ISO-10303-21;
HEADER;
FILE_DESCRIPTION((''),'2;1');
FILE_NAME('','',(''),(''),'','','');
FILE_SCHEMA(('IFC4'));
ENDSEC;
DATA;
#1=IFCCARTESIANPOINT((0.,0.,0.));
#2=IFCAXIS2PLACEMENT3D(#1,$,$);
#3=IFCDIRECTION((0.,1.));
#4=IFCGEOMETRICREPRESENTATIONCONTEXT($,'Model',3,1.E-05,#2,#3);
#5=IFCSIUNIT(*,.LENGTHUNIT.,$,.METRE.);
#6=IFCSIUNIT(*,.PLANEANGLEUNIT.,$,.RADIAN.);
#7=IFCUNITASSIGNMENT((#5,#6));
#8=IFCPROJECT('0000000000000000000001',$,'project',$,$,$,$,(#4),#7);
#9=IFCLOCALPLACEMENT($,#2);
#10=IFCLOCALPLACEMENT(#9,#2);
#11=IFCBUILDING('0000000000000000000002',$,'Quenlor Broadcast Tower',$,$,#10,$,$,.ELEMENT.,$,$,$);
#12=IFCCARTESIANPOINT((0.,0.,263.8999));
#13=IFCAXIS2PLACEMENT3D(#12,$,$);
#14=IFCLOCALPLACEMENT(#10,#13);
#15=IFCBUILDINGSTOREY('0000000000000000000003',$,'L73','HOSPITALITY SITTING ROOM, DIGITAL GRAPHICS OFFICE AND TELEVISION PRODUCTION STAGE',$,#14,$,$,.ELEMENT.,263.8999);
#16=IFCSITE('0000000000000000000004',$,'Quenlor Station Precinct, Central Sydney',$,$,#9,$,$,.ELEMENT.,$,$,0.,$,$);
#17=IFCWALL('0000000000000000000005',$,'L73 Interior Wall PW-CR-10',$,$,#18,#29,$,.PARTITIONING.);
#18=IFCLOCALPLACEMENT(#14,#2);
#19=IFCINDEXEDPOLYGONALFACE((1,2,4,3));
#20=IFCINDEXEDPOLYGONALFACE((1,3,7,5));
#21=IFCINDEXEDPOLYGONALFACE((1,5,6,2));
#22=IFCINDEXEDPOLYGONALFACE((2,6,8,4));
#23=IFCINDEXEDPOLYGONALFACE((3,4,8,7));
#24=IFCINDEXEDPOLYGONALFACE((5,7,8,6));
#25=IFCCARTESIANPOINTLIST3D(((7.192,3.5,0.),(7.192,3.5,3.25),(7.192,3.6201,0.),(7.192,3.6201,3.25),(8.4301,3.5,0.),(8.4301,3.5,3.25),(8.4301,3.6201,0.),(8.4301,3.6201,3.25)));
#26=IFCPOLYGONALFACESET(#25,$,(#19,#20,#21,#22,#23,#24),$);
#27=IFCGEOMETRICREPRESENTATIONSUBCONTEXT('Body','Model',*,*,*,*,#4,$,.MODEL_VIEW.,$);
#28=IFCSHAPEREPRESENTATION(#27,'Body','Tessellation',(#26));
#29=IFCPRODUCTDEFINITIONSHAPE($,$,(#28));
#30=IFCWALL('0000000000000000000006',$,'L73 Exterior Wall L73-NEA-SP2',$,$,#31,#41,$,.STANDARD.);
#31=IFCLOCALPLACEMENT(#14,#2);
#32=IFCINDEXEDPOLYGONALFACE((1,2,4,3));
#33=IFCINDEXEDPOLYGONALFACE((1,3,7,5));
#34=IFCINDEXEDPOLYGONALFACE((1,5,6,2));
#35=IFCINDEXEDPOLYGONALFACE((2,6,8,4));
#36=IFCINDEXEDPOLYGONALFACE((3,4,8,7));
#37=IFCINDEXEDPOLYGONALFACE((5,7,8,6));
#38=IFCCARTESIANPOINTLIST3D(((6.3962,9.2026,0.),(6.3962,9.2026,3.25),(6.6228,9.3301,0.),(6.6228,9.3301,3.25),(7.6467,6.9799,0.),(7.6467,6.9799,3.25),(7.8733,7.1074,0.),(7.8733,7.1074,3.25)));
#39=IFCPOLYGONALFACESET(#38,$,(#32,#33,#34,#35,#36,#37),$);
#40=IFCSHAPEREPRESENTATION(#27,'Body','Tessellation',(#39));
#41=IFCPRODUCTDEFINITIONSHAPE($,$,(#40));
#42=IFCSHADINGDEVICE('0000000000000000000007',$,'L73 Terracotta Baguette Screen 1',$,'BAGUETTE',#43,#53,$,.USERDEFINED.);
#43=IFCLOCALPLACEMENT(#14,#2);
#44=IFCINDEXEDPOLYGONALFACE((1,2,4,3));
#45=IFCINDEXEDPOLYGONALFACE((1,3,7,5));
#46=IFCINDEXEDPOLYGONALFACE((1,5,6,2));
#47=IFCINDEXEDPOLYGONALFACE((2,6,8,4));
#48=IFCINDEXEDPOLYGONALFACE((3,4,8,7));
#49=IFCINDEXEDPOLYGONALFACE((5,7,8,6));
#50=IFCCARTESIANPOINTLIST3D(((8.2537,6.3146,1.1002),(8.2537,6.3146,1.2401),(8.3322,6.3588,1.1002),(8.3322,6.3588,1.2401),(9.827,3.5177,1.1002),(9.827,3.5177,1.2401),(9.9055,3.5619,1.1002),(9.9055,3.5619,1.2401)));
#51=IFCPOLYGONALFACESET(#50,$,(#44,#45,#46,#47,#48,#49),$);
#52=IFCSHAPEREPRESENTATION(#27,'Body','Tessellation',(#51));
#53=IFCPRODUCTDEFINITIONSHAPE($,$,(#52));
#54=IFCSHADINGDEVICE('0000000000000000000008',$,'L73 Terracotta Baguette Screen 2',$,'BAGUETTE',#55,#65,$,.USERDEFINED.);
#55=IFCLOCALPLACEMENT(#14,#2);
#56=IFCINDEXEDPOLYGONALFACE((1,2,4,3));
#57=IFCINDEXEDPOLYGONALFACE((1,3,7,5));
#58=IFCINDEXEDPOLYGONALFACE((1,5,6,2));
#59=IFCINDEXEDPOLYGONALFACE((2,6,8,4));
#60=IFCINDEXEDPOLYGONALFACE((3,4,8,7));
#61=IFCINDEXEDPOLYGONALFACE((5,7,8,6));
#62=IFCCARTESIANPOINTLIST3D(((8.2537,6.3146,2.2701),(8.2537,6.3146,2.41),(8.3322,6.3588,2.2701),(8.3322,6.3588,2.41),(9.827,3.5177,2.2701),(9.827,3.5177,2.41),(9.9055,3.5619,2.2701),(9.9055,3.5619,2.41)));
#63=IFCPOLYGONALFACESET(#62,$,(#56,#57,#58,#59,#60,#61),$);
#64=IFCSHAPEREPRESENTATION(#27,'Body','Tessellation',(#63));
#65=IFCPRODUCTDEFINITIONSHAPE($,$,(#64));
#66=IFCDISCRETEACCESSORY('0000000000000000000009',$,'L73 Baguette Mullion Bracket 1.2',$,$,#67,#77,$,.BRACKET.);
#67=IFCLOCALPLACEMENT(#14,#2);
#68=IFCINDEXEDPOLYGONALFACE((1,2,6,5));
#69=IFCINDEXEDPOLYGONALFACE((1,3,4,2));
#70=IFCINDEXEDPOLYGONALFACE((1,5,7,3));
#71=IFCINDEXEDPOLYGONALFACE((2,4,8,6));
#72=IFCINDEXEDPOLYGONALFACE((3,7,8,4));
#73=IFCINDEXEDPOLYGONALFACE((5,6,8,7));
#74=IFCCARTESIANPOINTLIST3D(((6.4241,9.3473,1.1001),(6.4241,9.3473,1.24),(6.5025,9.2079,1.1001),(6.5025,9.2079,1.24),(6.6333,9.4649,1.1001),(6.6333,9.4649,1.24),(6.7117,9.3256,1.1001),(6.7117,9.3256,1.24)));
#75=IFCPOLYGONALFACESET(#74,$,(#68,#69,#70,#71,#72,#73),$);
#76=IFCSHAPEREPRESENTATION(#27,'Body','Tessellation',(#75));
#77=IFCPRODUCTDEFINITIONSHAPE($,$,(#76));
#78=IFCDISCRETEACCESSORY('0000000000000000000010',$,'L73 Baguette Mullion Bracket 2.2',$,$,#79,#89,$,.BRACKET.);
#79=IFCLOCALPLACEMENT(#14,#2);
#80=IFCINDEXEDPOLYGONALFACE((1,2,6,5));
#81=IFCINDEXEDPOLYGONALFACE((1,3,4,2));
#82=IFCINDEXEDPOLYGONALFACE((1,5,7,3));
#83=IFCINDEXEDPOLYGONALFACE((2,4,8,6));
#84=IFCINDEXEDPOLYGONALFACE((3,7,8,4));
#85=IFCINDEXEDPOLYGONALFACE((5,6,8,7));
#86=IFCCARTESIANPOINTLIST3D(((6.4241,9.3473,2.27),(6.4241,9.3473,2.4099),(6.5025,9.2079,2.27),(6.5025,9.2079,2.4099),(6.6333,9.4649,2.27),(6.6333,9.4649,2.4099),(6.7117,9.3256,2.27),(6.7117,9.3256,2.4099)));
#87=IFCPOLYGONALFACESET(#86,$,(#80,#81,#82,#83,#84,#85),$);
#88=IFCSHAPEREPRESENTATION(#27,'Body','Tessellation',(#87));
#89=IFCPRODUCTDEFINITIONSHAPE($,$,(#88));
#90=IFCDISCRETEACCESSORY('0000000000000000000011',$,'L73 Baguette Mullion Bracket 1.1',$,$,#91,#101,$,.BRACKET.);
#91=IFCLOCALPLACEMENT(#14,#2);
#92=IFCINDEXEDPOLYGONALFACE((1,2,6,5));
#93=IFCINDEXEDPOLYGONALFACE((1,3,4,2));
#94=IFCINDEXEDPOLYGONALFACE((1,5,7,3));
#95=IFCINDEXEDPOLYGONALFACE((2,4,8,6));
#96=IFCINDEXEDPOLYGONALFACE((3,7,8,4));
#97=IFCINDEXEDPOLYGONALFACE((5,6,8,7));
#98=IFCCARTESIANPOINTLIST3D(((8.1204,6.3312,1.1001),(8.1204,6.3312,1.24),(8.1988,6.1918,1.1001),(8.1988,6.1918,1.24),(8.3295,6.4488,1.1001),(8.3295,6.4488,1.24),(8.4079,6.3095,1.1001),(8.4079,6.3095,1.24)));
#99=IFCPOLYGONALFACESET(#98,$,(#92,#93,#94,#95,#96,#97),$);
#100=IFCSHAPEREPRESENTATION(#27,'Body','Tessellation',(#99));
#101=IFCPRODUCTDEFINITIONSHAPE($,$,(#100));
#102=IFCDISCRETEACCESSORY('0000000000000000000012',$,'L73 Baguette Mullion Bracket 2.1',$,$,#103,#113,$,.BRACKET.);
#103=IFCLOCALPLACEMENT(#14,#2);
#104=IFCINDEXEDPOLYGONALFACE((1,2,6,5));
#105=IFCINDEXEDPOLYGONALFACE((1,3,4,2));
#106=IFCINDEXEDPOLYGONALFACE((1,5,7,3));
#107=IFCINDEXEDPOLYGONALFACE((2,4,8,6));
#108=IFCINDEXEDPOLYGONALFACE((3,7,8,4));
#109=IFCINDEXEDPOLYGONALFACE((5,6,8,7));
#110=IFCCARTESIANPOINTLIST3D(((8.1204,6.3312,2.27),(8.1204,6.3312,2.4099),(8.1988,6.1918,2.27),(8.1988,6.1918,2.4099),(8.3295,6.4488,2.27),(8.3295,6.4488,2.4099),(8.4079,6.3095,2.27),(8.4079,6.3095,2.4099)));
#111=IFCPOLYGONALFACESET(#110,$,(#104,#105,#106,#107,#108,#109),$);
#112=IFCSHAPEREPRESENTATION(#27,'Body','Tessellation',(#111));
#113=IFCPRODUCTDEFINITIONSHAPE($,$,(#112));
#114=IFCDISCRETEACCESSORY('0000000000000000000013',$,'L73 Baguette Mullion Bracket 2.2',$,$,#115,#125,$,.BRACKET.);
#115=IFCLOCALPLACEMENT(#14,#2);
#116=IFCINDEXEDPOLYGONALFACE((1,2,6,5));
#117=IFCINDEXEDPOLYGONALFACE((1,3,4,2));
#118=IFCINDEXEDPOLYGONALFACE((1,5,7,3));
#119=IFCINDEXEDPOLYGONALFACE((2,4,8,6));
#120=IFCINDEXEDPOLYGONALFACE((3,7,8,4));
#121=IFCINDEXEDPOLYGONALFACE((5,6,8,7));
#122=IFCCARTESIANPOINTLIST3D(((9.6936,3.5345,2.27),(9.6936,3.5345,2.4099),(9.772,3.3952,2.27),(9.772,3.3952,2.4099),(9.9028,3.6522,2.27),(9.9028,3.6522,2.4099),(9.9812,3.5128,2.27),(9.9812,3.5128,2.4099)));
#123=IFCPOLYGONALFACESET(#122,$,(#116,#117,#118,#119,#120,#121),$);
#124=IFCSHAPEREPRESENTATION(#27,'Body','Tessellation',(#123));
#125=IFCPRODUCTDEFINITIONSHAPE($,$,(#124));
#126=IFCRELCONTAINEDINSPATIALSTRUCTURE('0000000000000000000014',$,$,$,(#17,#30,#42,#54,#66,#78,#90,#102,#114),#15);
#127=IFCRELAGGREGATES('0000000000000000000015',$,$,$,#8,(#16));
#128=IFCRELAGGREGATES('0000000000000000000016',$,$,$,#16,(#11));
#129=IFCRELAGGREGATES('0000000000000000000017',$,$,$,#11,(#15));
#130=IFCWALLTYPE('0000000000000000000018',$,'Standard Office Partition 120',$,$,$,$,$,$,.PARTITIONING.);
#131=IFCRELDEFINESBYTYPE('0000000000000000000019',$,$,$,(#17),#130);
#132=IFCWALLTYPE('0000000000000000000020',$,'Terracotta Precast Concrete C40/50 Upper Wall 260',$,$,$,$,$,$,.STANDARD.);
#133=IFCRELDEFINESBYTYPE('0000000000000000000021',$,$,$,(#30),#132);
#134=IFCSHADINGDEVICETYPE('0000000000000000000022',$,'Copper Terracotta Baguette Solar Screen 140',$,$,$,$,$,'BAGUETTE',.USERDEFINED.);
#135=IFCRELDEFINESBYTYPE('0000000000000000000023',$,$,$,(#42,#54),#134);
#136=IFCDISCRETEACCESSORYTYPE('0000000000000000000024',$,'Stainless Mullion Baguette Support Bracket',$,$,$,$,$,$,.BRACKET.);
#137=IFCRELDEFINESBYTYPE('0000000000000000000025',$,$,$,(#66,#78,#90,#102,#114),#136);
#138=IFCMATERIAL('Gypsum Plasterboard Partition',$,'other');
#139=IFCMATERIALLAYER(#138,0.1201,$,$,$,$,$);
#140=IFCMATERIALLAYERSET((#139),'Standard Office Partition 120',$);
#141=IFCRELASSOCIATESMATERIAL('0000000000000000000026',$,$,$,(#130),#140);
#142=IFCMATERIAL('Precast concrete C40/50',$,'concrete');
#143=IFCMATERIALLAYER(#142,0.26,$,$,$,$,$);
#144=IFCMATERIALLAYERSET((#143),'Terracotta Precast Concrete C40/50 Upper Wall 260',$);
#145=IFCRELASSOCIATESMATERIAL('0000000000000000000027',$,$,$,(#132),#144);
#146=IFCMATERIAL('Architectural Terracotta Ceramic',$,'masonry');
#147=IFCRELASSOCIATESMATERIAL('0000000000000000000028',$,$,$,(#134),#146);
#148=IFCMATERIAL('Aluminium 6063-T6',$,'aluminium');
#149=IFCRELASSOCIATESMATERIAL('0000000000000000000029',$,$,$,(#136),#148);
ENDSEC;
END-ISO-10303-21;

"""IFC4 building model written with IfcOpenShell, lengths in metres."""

from ifc_helpers import new_model, si_unit, direction, frame, frame_2d, origin, origin_2d, place, context, subcontext, project, spatial, rectangle, extrude, material, layer, layer_set, material_profile, profile_set, type_object, element, save


model = new_model("IFC4")

# Units and contexts
model_context = context("Model", 3, precision=1e-05, world=origin(), true_north=direction((0.0, 1.0)))
body_context = subcontext(model_context, "Body", "Model", "MODEL_VIEW")
ifc_project = project(units=[si_unit("LENGTHUNIT", "METRE"), si_unit("PLANEANGLEUNIT", "RADIAN")], contexts=[model_context])

# Site, building, storey
site_placement = place(None, origin())
site = spatial("IfcSite", under=ifc_project, at=site_placement, Name="Quenlor Station Precinct, Central Sydney", CompositionType="ELEMENT", RefElevation=0.0)
building_placement = place(site_placement, origin())
building = spatial("IfcBuilding", under=site, at=building_placement, Name="Quenlor Broadcast Tower", CompositionType="ELEMENT")
storey_placement = place(building_placement, frame((0.0, 0.0, 263.8999)))
storey = spatial("IfcBuildingStorey", under=building, at=storey_placement, Name="L73", Description="HOSPITALITY SITTING ROOM, DIGITAL GRAPHICS OFFICE AND TELEVISION PRODUCTION STAGE", CompositionType="ELEMENT", Elevation=263.8999)

# Walls
ifc_material_1 = material(Name="Gypsum Plasterboard Partition", Category="other")
ifc_layer_1 = layer(ifc_material_1, 0.1201)
ifc_layer_set_1 = layer_set([ifc_layer_1], Name="Standard Office Partition 120")
wall_type_1 = type_object("IfcWallType", Name="Standard Office Partition 120", PredefinedType="PARTITIONING", material=ifc_layer_set_1)
wall_1_placement = place(storey_placement, frame((7.1919, 3.5601, 0.0), z_axis=(0.0, 0.0, 1.0), x_axis=(1.0, 0.0, 0.0)))
element("IfcWall", 1, at=wall_1_placement, inside=storey, type_object=wall_type_1, Name="L73 Interior Wall PW-CR-10", PredefinedType="PARTITIONING", context=body_context, shape_type="SweptSolid", body=[
    extrude(rectangle(XDim=1.238, YDim=0.1201, at=frame_2d((0.6191, 0.0))), origin(), (0.0, 0.0, 1.0), 3.25),
])
ifc_material_2 = material(Name="Precast concrete C40/50", Category="concrete")
ifc_layer_2 = layer(ifc_material_2, 0.26)
ifc_layer_set_2 = layer_set([ifc_layer_2], Name="Terracotta Precast Concrete C40/50 Upper Wall 260")
wall_type_2 = type_object("IfcWallType", Name="Terracotta Precast Concrete C40/50 Upper Wall 260", PredefinedType="STANDARD", material=ifc_layer_set_2)
wall_2_placement = place(storey_placement, frame((6.5095, 9.2664, 0.0), z_axis=(0.0, 0.0, 1.0), x_axis=(0.490334, -0.871535, 0.0)))
element("IfcWall", 2, at=wall_2_placement, inside=storey, type_object=wall_type_2, Name="L73 Exterior Wall L73-NEA-SP2", PredefinedType="STANDARD", context=body_context, shape_type="SweptSolid", body=[
    extrude(rectangle(XDim=2.5503, YDim=0.26, at=frame_2d((1.2751, 0.0))), origin(), (0.0, 0.0, 1.0), 3.25),
])

# Shading devices
ifc_material_3 = material(Name="Architectural Terracotta Ceramic", Category="masonry")
ifc_material_profile_1 = material_profile(ifc_material_3, rectangle(XDim=0.0901, YDim=0.1399, at=origin_2d()))
ifc_profile_set_1 = profile_set([ifc_material_profile_1], Name="Architectural Terracotta Ceramic BAG90x140")
shading_device_type = type_object("IfcShadingDeviceType", Name="Copper Terracotta Baguette Solar Screen 140", ElementType="BAGUETTE", PredefinedType="USERDEFINED", material=ifc_profile_set_1)
for number, where, z_axis, x_axis, name in (
    (3, (8.293, 6.3367, 1.1702), (0.490261, -0.871576, 0.0), (0.871576, 0.490261, 0.0), "L73 Terracotta Baguette Screen 1"),
    (4, (8.293, 6.3367, 2.3401), (0.490261, -0.871576, 0.0), (0.871576, 0.490261, 0.0), "L73 Terracotta Baguette Screen 2"),
):
    element("IfcShadingDevice", number, at=place(storey_placement, frame(where, z_axis=z_axis, x_axis=x_axis)), inside=storey, type_object=shading_device_type, Name=name, ObjectType="BAGUETTE", PredefinedType="USERDEFINED", context=body_context, shape_type="SweptSolid", body=[
        extrude(rectangle(XDim=0.0901, YDim=0.1399, at=origin_2d()), origin(), (0.0, 0.0, 1.0), 3.209),
    ])

# Discrete accessories
ifc_material_4 = material(Name="Aluminium 6063-T6", Category="aluminium")
discrete_accessory_type = type_object("IfcDiscreteAccessoryType", Name="Stainless Mullion Baguette Support Bracket", PredefinedType="BRACKET", material=ifc_material_4)
for number, where, z_axis, x_axis, name in (
    (5, (6.5679, 9.3364, 1.1001), (0.0, 0.0, 1.0), (0.49025, -0.871582, 0.0), "L73 Baguette Mullion Bracket 1.2"),
    (6, (6.5679, 9.3364, 2.27), (0.0, 0.0, 1.0), (0.49025, -0.871582, 0.0), "L73 Baguette Mullion Bracket 2.2"),
    (7, (8.2642, 6.3203, 1.1001), (0.0, 0.0, 1.0), (0.490262, -0.871575, 0.0), "L73 Baguette Mullion Bracket 1.1"),
    (8, (8.2642, 6.3203, 2.27), (0.0, 0.0, 1.0), (0.490262, -0.871575, 0.0), "L73 Baguette Mullion Bracket 2.1"),
    (9, (9.8374, 3.5237, 2.27), (0.0, 0.0, 1.0), (0.490262, -0.871575, 0.0), "L73 Baguette Mullion Bracket 2.2"),
):
    element("IfcDiscreteAccessory", number, at=place(storey_placement, frame(where, z_axis=z_axis, x_axis=x_axis)), inside=storey, type_object=discrete_accessory_type, Name=name, PredefinedType="BRACKET", context=body_context, shape_type="SweptSolid", body=[
        extrude(rectangle(XDim=0.1599, YDim=0.24, at=origin_2d()), origin(), (0.0, 0.0, 1.0), 0.1399),
    ])

save(model, "model.ifc")
